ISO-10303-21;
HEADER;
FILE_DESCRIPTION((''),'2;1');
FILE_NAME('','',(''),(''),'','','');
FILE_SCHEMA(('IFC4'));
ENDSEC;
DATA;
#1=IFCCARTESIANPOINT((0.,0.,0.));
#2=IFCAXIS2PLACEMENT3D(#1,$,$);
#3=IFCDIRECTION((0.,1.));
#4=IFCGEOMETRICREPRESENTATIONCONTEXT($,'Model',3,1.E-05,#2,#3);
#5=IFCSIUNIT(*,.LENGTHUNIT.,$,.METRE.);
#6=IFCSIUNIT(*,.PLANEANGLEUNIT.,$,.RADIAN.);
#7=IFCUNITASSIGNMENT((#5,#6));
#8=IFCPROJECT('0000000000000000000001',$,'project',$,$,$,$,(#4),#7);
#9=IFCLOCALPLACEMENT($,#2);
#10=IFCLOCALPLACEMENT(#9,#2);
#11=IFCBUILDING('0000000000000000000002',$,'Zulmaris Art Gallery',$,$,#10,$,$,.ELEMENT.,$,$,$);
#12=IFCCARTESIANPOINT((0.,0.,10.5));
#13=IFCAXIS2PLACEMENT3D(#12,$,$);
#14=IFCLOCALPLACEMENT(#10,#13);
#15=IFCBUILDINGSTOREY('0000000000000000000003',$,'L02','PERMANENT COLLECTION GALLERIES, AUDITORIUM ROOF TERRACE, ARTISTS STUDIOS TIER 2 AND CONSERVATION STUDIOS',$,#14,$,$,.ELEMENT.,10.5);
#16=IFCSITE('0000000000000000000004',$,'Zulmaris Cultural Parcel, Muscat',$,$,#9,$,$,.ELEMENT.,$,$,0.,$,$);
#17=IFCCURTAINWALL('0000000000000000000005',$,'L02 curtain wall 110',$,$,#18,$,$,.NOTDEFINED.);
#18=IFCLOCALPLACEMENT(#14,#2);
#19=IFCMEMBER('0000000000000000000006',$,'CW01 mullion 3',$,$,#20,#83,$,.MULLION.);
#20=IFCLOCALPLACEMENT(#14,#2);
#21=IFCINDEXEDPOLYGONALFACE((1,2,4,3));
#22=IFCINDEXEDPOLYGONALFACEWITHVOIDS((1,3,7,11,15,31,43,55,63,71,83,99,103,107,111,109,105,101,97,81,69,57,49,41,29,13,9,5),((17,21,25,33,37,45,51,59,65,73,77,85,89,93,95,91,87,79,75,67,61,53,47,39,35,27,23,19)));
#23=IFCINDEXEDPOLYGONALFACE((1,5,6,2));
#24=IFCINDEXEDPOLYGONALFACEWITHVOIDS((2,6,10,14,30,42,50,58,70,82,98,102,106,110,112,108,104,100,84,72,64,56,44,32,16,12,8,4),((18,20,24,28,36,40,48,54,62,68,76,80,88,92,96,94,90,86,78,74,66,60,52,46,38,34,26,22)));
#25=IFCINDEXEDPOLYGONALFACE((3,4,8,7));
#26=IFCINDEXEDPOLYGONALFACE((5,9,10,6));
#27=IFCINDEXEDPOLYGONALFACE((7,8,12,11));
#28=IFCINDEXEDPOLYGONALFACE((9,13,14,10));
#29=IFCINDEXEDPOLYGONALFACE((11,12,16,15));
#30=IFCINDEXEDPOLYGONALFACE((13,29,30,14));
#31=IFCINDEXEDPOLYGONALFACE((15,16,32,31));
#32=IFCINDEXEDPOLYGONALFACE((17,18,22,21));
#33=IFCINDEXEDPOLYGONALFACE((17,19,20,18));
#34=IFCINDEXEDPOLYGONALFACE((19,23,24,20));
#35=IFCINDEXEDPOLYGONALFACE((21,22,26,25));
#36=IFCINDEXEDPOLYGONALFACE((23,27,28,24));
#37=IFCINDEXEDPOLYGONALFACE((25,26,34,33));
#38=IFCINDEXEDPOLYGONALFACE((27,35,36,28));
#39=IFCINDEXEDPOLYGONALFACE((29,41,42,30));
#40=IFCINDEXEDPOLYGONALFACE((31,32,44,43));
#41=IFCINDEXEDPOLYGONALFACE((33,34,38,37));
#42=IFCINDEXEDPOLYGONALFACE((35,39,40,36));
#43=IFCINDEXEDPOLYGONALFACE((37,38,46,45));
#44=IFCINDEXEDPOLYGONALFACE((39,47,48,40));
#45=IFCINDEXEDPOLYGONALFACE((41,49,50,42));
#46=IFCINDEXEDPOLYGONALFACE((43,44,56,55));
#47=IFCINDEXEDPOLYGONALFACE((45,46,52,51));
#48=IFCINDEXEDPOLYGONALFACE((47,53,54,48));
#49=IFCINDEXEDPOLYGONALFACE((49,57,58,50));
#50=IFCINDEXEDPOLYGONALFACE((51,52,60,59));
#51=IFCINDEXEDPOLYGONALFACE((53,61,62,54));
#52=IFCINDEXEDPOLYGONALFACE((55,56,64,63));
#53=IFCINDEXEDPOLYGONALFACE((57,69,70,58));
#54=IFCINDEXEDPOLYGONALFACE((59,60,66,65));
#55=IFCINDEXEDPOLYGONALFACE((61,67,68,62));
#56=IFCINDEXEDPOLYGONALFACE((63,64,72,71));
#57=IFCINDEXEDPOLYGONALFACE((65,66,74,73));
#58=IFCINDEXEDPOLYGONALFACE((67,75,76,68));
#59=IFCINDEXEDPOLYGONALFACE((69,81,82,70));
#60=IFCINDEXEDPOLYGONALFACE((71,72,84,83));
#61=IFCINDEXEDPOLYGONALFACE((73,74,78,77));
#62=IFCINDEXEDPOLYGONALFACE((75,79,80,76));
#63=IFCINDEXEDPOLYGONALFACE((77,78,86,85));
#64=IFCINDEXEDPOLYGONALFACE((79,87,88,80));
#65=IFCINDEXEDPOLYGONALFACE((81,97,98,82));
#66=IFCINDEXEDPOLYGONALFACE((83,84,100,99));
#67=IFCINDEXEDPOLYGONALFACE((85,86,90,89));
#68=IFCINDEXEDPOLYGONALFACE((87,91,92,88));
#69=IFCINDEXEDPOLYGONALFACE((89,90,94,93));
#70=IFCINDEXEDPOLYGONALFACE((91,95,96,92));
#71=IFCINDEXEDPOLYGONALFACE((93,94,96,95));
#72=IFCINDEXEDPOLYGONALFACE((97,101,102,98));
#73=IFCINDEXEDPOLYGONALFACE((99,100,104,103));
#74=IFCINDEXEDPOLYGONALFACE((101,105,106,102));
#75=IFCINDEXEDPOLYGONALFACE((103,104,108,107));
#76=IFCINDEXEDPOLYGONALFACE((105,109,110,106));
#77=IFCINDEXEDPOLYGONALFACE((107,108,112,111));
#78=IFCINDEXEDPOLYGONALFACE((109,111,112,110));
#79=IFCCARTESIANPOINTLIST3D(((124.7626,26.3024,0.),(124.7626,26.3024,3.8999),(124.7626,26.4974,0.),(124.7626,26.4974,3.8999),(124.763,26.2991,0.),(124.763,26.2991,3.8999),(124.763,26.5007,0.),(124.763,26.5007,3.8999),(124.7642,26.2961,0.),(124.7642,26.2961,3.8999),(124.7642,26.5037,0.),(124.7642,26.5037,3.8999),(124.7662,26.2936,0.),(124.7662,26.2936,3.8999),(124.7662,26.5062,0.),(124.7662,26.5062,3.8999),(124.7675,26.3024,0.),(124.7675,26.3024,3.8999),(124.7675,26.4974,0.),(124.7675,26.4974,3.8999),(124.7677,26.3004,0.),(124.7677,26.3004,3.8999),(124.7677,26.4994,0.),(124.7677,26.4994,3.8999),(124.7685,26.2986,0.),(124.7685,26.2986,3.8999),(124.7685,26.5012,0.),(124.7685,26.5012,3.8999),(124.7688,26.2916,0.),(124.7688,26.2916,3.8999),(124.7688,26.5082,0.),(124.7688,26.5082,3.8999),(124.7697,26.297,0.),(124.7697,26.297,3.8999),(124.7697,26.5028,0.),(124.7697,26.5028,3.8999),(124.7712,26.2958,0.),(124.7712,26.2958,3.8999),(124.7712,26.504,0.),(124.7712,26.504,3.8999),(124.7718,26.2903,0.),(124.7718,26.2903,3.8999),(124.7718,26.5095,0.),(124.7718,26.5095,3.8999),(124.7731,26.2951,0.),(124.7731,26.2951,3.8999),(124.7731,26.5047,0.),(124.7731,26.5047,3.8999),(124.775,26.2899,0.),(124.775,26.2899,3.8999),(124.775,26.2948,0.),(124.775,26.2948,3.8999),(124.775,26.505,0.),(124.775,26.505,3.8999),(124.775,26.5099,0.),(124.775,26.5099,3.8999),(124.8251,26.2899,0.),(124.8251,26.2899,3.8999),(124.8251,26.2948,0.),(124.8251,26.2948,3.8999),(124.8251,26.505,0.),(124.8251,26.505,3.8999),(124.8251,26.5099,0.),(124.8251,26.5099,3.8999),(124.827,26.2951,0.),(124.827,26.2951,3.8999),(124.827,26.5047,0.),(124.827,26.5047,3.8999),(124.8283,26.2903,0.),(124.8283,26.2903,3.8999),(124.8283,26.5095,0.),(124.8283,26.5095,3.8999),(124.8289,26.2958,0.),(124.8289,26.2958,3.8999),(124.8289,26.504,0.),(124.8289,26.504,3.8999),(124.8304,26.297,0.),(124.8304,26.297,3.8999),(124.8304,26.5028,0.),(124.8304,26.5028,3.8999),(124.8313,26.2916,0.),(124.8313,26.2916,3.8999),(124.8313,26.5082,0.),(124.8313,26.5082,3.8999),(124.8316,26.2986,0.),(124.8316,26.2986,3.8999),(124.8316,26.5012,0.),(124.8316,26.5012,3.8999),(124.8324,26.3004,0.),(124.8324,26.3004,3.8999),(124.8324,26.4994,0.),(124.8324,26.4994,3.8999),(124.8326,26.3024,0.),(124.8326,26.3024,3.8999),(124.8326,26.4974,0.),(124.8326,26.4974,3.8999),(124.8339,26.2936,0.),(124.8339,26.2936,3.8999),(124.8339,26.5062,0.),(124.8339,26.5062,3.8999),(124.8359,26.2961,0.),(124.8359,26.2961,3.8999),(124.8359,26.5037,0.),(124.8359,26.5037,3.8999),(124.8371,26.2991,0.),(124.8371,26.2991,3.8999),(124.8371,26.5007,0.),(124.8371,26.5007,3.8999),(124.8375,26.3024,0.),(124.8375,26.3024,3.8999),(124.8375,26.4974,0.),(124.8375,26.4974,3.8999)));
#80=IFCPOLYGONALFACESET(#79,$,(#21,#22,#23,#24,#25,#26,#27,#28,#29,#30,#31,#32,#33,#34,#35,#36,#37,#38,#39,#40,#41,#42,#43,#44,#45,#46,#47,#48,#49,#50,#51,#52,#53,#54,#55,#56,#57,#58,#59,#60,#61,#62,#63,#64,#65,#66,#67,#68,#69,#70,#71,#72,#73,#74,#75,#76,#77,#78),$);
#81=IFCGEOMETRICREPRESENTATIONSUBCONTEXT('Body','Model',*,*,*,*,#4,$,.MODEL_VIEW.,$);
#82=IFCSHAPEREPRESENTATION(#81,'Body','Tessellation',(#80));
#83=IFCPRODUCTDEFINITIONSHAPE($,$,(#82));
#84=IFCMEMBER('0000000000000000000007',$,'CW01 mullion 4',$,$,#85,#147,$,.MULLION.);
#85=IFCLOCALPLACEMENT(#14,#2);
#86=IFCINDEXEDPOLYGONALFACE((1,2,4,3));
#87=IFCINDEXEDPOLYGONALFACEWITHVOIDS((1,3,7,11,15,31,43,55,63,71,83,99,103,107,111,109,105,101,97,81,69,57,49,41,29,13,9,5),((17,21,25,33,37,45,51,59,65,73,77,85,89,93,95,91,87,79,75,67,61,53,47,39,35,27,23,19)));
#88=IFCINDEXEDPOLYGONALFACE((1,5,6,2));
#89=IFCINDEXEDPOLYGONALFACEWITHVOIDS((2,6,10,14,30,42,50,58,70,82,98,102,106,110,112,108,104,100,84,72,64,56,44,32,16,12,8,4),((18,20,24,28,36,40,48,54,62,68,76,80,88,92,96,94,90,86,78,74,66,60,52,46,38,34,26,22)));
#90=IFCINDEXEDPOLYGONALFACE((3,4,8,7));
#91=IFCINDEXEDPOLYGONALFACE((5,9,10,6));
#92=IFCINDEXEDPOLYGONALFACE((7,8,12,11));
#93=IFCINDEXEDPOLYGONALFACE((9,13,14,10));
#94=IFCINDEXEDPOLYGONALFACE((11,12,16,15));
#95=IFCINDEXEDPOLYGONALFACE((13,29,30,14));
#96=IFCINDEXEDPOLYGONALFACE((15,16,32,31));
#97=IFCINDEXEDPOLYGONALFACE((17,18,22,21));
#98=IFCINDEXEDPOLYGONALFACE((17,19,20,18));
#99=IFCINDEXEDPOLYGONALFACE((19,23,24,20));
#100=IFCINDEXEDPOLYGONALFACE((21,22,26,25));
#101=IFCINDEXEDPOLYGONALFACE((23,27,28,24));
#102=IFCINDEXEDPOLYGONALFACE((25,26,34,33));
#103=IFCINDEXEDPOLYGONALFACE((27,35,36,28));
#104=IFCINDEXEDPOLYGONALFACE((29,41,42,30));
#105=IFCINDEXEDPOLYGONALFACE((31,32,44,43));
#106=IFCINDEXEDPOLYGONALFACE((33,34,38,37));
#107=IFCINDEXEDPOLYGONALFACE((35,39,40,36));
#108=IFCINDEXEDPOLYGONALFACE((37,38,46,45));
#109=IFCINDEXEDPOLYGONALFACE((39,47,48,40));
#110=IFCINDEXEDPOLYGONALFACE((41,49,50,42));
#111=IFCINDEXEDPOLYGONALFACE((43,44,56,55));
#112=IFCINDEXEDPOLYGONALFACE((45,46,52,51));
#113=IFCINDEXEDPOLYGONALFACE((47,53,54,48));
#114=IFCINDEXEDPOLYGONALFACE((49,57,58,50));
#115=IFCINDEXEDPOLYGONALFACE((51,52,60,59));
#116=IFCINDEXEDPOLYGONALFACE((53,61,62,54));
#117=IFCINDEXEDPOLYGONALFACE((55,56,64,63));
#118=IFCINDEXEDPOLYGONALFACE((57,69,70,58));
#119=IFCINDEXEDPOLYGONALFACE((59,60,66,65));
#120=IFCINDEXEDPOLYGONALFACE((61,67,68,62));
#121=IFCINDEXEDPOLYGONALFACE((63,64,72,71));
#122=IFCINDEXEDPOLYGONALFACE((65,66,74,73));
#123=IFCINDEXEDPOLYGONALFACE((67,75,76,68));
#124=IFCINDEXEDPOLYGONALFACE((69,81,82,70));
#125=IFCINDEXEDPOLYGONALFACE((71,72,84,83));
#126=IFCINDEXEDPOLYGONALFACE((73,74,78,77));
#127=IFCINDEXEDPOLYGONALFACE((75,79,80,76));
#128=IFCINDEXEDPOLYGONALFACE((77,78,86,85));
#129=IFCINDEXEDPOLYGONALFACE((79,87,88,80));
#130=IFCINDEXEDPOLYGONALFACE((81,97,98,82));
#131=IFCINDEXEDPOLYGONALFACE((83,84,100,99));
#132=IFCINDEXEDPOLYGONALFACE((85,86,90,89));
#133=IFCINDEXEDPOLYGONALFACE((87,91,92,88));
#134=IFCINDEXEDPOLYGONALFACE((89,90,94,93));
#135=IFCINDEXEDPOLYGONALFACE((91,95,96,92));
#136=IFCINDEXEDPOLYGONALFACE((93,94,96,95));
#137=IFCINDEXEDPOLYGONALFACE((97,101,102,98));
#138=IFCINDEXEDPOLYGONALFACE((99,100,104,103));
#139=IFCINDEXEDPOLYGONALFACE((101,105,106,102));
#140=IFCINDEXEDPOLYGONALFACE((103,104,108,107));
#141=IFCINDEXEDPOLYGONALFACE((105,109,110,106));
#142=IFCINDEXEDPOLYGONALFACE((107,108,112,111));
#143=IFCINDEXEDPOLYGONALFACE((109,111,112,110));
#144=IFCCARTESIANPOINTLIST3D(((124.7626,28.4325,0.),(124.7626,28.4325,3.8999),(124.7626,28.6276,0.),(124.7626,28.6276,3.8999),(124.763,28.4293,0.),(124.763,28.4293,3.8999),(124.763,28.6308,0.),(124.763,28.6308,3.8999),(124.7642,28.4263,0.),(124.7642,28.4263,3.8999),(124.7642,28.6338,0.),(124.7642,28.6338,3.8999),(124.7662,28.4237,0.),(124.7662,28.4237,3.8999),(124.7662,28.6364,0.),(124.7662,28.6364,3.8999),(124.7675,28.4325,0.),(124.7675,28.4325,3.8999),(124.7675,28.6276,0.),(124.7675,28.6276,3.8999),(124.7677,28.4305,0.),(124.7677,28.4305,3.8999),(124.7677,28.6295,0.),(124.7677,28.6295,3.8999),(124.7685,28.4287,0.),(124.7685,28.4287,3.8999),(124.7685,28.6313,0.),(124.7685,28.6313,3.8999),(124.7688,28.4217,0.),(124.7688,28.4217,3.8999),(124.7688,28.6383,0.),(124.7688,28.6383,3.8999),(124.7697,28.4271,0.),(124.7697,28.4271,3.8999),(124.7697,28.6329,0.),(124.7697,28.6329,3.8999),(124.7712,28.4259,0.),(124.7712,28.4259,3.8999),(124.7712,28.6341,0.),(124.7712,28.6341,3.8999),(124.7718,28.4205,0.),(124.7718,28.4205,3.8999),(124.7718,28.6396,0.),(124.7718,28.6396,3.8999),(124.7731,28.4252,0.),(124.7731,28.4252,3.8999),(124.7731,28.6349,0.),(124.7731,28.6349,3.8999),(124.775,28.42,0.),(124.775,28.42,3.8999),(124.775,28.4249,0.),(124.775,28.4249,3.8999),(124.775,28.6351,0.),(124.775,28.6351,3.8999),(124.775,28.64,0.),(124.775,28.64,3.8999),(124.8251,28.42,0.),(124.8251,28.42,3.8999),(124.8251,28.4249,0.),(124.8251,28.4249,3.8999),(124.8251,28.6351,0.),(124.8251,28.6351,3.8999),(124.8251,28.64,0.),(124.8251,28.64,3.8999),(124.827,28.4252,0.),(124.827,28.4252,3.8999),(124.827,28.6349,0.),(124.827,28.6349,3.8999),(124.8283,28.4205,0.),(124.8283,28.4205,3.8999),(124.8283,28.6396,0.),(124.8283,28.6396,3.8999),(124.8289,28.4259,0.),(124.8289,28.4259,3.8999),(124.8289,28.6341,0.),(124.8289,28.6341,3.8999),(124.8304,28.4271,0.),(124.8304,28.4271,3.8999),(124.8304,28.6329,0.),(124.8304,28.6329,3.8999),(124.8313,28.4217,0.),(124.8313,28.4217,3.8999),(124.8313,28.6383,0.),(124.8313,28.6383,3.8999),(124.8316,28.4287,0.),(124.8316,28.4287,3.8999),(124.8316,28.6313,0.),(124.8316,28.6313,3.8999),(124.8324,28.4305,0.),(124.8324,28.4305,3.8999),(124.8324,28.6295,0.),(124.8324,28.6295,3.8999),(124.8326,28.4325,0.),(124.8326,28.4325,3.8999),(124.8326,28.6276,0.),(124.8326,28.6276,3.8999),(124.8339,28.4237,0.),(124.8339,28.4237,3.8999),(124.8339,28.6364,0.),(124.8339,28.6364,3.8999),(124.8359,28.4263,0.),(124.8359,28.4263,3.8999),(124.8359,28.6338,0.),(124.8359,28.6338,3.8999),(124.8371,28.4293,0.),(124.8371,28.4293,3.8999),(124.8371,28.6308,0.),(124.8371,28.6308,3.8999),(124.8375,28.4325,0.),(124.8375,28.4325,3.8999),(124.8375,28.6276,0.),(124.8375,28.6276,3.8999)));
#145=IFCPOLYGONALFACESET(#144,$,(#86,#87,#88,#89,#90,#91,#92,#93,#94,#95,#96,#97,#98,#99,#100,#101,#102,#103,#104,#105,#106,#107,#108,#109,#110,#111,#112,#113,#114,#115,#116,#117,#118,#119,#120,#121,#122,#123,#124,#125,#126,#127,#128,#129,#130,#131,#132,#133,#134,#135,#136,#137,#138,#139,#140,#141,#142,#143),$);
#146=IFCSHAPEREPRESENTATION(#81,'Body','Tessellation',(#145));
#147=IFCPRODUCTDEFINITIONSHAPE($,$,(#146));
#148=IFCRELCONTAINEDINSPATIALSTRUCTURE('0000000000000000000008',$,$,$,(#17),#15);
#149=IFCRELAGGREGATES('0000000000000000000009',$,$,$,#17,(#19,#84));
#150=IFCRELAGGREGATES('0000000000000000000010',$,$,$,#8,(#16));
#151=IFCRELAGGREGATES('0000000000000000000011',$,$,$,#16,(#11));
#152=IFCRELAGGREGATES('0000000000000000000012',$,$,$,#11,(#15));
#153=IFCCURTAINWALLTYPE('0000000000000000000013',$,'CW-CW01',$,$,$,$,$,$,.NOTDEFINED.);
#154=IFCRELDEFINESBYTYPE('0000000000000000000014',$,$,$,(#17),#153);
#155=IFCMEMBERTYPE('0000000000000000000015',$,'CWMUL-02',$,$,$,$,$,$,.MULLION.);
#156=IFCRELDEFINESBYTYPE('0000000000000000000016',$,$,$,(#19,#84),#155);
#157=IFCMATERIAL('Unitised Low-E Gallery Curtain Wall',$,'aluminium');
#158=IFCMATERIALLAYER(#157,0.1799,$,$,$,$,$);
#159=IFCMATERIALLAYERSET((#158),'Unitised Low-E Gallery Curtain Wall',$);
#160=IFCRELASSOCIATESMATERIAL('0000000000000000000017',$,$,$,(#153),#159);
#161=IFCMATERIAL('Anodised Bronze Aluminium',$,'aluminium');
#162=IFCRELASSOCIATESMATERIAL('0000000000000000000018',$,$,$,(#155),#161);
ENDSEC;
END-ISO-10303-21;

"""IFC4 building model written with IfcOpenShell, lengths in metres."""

from ifc_helpers import new_model, si_unit, direction, frame, origin, origin_2d, place, context, subcontext, project, spatial, hollow_rectangle, extrude, material, layer, layer_set, material_profile, profile_set, type_object, element, aggregate, save


model = new_model("IFC4")

# Units and contexts
model_context = context("Model", 3, precision=1e-05, world=origin(), true_north=direction((0.0, 1.0)))
body_context = subcontext(model_context, "Body", "Model", "MODEL_VIEW")
ifc_project = project(units=[si_unit("LENGTHUNIT", "METRE"), si_unit("PLANEANGLEUNIT", "RADIAN")], contexts=[model_context])

# Site, building, storey
site_placement = place(None, origin())
site = spatial("IfcSite", under=ifc_project, at=site_placement, Name="Zulmaris Cultural Parcel, Muscat", CompositionType="ELEMENT", RefElevation=0.0)
building_placement = place(site_placement, origin())
building = spatial("IfcBuilding", under=site, at=building_placement, Name="Zulmaris Art Gallery", CompositionType="ELEMENT")
storey_placement = place(building_placement, frame((0.0, 0.0, 10.5)))
storey = spatial("IfcBuildingStorey", under=building, at=storey_placement, Name="L02", Description="PERMANENT COLLECTION GALLERIES, AUDITORIUM ROOF TERRACE, ARTISTS STUDIOS TIER 2 AND CONSERVATION STUDIOS", CompositionType="ELEMENT", Elevation=10.5)

# Curtain wall, members
ifc_material_1 = material(Name="Unitised Low-E Gallery Curtain Wall", Category="aluminium")
ifc_layer_1 = layer(ifc_material_1, 0.1799)
ifc_layer_set_1 = layer_set([ifc_layer_1], Name="Unitised Low-E Gallery Curtain Wall")
curtain_wall_type = type_object("IfcCurtainWallType", Name="CW-CW01", PredefinedType="NOTDEFINED", material=ifc_layer_set_1)
curtain_wall_placement = place(storey_placement, origin())
curtain_wall = element("IfcCurtainWall", 1, at=curtain_wall_placement, inside=storey, type_object=curtain_wall_type, Name="L02 curtain wall 110", PredefinedType="NOTDEFINED")
ifc_material_2 = material(Name="Anodised Bronze Aluminium", Category="aluminium")
ifc_material_profile_1 = material_profile(ifc_material_2, hollow_rectangle(XDim=0.075, YDim=0.22, WallThickness=0.0049, InnerFilletRadius=0.0076, OuterFilletRadius=0.0125, at=origin_2d()), Name="ALU 75x220x5")
ifc_profile_set_1 = profile_set([ifc_material_profile_1], Name="Anodised Bronze Aluminium")
member_type_1 = type_object("IfcMemberType", Name="CWMUL-02", PredefinedType="MULLION", material=ifc_profile_set_1)
member_1_placement = place(storey_placement, frame((124.8, 26.3999, 0.0), z_axis=(0.0, 0.0, 1.0), x_axis=(-1.0, 0.0, 0.0)))
member_1 = element("IfcMember", 2, at=member_1_placement, type_object=member_type_1, Name="CW01 mullion 3", PredefinedType="MULLION", context=body_context, shape_type="SweptSolid", body=[
    extrude(hollow_rectangle(XDim=0.075, YDim=0.22, WallThickness=0.0049, InnerFilletRadius=0.0076, OuterFilletRadius=0.0125, at=origin_2d()), origin(), (0.0, 0.0, 1.0), 3.8999),
])
member_2_placement = place(storey_placement, frame((124.8, 28.53, 0.0), z_axis=(0.0, 0.0, 1.0), x_axis=(-1.0, 0.0, 0.0)))
member_2 = element("IfcMember", 3, at=member_2_placement, type_object=member_type_1, Name="CW01 mullion 4", PredefinedType="MULLION", context=body_context, shape_type="SweptSolid", body=[
    extrude(hollow_rectangle(XDim=0.075, YDim=0.22, WallThickness=0.0049, InnerFilletRadius=0.0076, OuterFilletRadius=0.0125, at=origin_2d()), origin(), (0.0, 0.0, 1.0), 3.8999),
])
aggregate(curtain_wall, [member_1, member_2])

save(model, "model.ifc")
